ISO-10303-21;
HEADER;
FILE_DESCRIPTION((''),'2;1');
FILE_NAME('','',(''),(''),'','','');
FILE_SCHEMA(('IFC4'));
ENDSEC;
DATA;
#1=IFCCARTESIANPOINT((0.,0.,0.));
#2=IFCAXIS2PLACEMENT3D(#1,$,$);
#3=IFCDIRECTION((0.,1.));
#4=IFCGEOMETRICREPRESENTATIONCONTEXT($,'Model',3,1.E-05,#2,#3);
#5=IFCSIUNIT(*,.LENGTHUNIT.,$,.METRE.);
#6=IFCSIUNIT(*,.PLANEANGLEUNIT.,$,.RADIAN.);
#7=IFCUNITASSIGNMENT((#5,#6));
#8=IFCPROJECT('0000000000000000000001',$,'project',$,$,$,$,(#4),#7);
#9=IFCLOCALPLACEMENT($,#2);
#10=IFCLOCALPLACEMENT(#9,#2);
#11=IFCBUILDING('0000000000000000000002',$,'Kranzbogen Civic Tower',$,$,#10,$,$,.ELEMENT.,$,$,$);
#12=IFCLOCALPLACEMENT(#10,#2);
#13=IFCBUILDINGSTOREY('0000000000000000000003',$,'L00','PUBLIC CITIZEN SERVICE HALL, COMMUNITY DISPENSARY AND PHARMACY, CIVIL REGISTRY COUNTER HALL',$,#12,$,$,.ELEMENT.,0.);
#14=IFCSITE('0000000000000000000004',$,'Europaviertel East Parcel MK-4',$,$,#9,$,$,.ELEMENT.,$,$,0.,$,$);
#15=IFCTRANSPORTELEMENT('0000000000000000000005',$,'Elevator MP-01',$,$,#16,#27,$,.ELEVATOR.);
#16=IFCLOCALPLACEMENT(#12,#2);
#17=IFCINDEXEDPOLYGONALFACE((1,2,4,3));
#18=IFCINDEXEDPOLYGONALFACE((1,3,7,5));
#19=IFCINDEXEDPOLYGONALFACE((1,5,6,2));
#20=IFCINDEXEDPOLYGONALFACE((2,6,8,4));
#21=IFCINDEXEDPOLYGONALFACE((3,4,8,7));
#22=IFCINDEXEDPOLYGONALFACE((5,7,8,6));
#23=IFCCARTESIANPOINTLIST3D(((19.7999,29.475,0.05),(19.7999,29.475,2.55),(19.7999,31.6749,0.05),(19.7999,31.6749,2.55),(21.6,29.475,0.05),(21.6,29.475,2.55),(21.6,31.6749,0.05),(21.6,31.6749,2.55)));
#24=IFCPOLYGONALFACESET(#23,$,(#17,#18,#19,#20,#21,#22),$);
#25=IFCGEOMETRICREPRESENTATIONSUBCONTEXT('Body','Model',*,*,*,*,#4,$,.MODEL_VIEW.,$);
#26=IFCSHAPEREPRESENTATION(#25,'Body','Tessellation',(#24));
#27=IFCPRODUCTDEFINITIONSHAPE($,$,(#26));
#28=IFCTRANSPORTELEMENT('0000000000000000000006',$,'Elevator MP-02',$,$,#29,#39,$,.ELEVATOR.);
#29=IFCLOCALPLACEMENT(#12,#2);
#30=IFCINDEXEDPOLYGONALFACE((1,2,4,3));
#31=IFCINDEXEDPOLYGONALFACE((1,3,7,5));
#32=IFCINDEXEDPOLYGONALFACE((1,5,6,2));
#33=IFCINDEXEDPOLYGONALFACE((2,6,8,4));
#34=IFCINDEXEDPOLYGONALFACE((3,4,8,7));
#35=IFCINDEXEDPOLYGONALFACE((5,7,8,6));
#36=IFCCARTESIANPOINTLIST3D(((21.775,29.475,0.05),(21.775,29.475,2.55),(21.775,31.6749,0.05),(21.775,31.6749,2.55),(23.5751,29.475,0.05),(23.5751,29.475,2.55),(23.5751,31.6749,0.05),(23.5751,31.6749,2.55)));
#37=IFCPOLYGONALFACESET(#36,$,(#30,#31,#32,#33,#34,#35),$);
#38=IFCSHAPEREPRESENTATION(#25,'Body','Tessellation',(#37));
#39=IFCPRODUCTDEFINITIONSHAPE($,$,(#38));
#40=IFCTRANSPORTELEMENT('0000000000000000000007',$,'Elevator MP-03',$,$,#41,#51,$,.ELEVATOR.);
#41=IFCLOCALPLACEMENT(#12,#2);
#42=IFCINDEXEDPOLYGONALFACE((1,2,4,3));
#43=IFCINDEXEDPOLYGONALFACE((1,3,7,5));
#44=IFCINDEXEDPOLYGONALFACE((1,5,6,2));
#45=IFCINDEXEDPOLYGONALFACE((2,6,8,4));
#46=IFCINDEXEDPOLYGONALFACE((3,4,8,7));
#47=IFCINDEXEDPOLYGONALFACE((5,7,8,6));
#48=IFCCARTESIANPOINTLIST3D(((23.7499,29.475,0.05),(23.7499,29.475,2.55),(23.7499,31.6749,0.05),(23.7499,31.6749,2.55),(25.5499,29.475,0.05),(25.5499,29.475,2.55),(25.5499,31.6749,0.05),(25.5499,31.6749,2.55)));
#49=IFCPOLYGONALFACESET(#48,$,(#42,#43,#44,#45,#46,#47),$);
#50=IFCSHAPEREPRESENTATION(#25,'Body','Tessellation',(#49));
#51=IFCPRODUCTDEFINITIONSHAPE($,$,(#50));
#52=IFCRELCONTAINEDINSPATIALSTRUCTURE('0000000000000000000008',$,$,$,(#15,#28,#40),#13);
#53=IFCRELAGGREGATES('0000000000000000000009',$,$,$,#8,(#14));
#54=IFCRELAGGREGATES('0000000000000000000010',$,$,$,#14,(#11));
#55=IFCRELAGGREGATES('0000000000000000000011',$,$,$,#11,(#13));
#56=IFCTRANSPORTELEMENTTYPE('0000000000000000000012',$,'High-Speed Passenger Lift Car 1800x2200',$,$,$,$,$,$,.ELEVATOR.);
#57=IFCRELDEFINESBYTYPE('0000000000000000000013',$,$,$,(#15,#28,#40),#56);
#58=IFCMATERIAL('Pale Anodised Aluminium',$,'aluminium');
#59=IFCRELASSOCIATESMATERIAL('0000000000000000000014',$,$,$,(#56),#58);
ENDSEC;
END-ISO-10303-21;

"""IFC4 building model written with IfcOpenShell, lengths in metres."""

from ifc_helpers import new_model, si_unit, direction, frame, origin, origin_2d, place, context, subcontext, project, spatial, rectangle, extrude, material, type_object, element, save


model = new_model("IFC4")

# Units and contexts
model_context = context("Model", 3, precision=1e-05, world=origin(), true_north=direction((0.0, 1.0)))
body_context = subcontext(model_context, "Body", "Model", "MODEL_VIEW")
ifc_project = project(units=[si_unit("LENGTHUNIT", "METRE"), si_unit("PLANEANGLEUNIT", "RADIAN")], contexts=[model_context])

# Site, building, storey
site_placement = place(None, origin())
site = spatial("IfcSite", under=ifc_project, at=site_placement, Name="Europaviertel East Parcel MK-4", CompositionType="ELEMENT", RefElevation=0.0)
building_placement = place(site_placement, origin())
building = spatial("IfcBuilding", under=site, at=building_placement, Name="Kranzbogen Civic Tower", CompositionType="ELEMENT")
storey_placement = place(building_placement, origin())
storey = spatial("IfcBuildingStorey", under=building, at=storey_placement, Name="L00", Description="PUBLIC CITIZEN SERVICE HALL, COMMUNITY DISPENSARY AND PHARMACY, CIVIL REGISTRY COUNTER HALL", CompositionType="ELEMENT", Elevation=0.0)

# Shared definitions
ifc_material_1 = material(Name="Pale Anodised Aluminium", Category="aluminium")

# Transport elements
transport_element_type = type_object("IfcTransportElementType", Name="High-Speed Passenger Lift Car 1800x2200", PredefinedType="ELEVATOR", material=ifc_material_1)
for number, where, z_axis, x_axis, name in (
    (1, (20.7, 30.575, 0.05), (0.0, 0.0, 1.0), (1.0, 0.0, 0.0), "Elevator MP-01"),
    (2, (22.675, 30.575, 0.05), (0.0, 0.0, 1.0), (1.0, 0.0, 0.0), "Elevator MP-02"),
    (3, (24.6499, 30.575, 0.05), (0.0, 0.0, 1.0), (1.0, 0.0, 0.0), "Elevator MP-03"),
):
    element("IfcTransportElement", number, at=place(storey_placement, frame(where, z_axis=z_axis, x_axis=x_axis)), inside=storey, type_object=transport_element_type, Name=name, PredefinedType="ELEVATOR", context=body_context, shape_type="SweptSolid", body=[
        extrude(rectangle(XDim=1.8, YDim=2.2, at=origin_2d()), origin(), (0.0, 0.0, 1.0), 2.5),
    ])

save(model, "model.ifc")
